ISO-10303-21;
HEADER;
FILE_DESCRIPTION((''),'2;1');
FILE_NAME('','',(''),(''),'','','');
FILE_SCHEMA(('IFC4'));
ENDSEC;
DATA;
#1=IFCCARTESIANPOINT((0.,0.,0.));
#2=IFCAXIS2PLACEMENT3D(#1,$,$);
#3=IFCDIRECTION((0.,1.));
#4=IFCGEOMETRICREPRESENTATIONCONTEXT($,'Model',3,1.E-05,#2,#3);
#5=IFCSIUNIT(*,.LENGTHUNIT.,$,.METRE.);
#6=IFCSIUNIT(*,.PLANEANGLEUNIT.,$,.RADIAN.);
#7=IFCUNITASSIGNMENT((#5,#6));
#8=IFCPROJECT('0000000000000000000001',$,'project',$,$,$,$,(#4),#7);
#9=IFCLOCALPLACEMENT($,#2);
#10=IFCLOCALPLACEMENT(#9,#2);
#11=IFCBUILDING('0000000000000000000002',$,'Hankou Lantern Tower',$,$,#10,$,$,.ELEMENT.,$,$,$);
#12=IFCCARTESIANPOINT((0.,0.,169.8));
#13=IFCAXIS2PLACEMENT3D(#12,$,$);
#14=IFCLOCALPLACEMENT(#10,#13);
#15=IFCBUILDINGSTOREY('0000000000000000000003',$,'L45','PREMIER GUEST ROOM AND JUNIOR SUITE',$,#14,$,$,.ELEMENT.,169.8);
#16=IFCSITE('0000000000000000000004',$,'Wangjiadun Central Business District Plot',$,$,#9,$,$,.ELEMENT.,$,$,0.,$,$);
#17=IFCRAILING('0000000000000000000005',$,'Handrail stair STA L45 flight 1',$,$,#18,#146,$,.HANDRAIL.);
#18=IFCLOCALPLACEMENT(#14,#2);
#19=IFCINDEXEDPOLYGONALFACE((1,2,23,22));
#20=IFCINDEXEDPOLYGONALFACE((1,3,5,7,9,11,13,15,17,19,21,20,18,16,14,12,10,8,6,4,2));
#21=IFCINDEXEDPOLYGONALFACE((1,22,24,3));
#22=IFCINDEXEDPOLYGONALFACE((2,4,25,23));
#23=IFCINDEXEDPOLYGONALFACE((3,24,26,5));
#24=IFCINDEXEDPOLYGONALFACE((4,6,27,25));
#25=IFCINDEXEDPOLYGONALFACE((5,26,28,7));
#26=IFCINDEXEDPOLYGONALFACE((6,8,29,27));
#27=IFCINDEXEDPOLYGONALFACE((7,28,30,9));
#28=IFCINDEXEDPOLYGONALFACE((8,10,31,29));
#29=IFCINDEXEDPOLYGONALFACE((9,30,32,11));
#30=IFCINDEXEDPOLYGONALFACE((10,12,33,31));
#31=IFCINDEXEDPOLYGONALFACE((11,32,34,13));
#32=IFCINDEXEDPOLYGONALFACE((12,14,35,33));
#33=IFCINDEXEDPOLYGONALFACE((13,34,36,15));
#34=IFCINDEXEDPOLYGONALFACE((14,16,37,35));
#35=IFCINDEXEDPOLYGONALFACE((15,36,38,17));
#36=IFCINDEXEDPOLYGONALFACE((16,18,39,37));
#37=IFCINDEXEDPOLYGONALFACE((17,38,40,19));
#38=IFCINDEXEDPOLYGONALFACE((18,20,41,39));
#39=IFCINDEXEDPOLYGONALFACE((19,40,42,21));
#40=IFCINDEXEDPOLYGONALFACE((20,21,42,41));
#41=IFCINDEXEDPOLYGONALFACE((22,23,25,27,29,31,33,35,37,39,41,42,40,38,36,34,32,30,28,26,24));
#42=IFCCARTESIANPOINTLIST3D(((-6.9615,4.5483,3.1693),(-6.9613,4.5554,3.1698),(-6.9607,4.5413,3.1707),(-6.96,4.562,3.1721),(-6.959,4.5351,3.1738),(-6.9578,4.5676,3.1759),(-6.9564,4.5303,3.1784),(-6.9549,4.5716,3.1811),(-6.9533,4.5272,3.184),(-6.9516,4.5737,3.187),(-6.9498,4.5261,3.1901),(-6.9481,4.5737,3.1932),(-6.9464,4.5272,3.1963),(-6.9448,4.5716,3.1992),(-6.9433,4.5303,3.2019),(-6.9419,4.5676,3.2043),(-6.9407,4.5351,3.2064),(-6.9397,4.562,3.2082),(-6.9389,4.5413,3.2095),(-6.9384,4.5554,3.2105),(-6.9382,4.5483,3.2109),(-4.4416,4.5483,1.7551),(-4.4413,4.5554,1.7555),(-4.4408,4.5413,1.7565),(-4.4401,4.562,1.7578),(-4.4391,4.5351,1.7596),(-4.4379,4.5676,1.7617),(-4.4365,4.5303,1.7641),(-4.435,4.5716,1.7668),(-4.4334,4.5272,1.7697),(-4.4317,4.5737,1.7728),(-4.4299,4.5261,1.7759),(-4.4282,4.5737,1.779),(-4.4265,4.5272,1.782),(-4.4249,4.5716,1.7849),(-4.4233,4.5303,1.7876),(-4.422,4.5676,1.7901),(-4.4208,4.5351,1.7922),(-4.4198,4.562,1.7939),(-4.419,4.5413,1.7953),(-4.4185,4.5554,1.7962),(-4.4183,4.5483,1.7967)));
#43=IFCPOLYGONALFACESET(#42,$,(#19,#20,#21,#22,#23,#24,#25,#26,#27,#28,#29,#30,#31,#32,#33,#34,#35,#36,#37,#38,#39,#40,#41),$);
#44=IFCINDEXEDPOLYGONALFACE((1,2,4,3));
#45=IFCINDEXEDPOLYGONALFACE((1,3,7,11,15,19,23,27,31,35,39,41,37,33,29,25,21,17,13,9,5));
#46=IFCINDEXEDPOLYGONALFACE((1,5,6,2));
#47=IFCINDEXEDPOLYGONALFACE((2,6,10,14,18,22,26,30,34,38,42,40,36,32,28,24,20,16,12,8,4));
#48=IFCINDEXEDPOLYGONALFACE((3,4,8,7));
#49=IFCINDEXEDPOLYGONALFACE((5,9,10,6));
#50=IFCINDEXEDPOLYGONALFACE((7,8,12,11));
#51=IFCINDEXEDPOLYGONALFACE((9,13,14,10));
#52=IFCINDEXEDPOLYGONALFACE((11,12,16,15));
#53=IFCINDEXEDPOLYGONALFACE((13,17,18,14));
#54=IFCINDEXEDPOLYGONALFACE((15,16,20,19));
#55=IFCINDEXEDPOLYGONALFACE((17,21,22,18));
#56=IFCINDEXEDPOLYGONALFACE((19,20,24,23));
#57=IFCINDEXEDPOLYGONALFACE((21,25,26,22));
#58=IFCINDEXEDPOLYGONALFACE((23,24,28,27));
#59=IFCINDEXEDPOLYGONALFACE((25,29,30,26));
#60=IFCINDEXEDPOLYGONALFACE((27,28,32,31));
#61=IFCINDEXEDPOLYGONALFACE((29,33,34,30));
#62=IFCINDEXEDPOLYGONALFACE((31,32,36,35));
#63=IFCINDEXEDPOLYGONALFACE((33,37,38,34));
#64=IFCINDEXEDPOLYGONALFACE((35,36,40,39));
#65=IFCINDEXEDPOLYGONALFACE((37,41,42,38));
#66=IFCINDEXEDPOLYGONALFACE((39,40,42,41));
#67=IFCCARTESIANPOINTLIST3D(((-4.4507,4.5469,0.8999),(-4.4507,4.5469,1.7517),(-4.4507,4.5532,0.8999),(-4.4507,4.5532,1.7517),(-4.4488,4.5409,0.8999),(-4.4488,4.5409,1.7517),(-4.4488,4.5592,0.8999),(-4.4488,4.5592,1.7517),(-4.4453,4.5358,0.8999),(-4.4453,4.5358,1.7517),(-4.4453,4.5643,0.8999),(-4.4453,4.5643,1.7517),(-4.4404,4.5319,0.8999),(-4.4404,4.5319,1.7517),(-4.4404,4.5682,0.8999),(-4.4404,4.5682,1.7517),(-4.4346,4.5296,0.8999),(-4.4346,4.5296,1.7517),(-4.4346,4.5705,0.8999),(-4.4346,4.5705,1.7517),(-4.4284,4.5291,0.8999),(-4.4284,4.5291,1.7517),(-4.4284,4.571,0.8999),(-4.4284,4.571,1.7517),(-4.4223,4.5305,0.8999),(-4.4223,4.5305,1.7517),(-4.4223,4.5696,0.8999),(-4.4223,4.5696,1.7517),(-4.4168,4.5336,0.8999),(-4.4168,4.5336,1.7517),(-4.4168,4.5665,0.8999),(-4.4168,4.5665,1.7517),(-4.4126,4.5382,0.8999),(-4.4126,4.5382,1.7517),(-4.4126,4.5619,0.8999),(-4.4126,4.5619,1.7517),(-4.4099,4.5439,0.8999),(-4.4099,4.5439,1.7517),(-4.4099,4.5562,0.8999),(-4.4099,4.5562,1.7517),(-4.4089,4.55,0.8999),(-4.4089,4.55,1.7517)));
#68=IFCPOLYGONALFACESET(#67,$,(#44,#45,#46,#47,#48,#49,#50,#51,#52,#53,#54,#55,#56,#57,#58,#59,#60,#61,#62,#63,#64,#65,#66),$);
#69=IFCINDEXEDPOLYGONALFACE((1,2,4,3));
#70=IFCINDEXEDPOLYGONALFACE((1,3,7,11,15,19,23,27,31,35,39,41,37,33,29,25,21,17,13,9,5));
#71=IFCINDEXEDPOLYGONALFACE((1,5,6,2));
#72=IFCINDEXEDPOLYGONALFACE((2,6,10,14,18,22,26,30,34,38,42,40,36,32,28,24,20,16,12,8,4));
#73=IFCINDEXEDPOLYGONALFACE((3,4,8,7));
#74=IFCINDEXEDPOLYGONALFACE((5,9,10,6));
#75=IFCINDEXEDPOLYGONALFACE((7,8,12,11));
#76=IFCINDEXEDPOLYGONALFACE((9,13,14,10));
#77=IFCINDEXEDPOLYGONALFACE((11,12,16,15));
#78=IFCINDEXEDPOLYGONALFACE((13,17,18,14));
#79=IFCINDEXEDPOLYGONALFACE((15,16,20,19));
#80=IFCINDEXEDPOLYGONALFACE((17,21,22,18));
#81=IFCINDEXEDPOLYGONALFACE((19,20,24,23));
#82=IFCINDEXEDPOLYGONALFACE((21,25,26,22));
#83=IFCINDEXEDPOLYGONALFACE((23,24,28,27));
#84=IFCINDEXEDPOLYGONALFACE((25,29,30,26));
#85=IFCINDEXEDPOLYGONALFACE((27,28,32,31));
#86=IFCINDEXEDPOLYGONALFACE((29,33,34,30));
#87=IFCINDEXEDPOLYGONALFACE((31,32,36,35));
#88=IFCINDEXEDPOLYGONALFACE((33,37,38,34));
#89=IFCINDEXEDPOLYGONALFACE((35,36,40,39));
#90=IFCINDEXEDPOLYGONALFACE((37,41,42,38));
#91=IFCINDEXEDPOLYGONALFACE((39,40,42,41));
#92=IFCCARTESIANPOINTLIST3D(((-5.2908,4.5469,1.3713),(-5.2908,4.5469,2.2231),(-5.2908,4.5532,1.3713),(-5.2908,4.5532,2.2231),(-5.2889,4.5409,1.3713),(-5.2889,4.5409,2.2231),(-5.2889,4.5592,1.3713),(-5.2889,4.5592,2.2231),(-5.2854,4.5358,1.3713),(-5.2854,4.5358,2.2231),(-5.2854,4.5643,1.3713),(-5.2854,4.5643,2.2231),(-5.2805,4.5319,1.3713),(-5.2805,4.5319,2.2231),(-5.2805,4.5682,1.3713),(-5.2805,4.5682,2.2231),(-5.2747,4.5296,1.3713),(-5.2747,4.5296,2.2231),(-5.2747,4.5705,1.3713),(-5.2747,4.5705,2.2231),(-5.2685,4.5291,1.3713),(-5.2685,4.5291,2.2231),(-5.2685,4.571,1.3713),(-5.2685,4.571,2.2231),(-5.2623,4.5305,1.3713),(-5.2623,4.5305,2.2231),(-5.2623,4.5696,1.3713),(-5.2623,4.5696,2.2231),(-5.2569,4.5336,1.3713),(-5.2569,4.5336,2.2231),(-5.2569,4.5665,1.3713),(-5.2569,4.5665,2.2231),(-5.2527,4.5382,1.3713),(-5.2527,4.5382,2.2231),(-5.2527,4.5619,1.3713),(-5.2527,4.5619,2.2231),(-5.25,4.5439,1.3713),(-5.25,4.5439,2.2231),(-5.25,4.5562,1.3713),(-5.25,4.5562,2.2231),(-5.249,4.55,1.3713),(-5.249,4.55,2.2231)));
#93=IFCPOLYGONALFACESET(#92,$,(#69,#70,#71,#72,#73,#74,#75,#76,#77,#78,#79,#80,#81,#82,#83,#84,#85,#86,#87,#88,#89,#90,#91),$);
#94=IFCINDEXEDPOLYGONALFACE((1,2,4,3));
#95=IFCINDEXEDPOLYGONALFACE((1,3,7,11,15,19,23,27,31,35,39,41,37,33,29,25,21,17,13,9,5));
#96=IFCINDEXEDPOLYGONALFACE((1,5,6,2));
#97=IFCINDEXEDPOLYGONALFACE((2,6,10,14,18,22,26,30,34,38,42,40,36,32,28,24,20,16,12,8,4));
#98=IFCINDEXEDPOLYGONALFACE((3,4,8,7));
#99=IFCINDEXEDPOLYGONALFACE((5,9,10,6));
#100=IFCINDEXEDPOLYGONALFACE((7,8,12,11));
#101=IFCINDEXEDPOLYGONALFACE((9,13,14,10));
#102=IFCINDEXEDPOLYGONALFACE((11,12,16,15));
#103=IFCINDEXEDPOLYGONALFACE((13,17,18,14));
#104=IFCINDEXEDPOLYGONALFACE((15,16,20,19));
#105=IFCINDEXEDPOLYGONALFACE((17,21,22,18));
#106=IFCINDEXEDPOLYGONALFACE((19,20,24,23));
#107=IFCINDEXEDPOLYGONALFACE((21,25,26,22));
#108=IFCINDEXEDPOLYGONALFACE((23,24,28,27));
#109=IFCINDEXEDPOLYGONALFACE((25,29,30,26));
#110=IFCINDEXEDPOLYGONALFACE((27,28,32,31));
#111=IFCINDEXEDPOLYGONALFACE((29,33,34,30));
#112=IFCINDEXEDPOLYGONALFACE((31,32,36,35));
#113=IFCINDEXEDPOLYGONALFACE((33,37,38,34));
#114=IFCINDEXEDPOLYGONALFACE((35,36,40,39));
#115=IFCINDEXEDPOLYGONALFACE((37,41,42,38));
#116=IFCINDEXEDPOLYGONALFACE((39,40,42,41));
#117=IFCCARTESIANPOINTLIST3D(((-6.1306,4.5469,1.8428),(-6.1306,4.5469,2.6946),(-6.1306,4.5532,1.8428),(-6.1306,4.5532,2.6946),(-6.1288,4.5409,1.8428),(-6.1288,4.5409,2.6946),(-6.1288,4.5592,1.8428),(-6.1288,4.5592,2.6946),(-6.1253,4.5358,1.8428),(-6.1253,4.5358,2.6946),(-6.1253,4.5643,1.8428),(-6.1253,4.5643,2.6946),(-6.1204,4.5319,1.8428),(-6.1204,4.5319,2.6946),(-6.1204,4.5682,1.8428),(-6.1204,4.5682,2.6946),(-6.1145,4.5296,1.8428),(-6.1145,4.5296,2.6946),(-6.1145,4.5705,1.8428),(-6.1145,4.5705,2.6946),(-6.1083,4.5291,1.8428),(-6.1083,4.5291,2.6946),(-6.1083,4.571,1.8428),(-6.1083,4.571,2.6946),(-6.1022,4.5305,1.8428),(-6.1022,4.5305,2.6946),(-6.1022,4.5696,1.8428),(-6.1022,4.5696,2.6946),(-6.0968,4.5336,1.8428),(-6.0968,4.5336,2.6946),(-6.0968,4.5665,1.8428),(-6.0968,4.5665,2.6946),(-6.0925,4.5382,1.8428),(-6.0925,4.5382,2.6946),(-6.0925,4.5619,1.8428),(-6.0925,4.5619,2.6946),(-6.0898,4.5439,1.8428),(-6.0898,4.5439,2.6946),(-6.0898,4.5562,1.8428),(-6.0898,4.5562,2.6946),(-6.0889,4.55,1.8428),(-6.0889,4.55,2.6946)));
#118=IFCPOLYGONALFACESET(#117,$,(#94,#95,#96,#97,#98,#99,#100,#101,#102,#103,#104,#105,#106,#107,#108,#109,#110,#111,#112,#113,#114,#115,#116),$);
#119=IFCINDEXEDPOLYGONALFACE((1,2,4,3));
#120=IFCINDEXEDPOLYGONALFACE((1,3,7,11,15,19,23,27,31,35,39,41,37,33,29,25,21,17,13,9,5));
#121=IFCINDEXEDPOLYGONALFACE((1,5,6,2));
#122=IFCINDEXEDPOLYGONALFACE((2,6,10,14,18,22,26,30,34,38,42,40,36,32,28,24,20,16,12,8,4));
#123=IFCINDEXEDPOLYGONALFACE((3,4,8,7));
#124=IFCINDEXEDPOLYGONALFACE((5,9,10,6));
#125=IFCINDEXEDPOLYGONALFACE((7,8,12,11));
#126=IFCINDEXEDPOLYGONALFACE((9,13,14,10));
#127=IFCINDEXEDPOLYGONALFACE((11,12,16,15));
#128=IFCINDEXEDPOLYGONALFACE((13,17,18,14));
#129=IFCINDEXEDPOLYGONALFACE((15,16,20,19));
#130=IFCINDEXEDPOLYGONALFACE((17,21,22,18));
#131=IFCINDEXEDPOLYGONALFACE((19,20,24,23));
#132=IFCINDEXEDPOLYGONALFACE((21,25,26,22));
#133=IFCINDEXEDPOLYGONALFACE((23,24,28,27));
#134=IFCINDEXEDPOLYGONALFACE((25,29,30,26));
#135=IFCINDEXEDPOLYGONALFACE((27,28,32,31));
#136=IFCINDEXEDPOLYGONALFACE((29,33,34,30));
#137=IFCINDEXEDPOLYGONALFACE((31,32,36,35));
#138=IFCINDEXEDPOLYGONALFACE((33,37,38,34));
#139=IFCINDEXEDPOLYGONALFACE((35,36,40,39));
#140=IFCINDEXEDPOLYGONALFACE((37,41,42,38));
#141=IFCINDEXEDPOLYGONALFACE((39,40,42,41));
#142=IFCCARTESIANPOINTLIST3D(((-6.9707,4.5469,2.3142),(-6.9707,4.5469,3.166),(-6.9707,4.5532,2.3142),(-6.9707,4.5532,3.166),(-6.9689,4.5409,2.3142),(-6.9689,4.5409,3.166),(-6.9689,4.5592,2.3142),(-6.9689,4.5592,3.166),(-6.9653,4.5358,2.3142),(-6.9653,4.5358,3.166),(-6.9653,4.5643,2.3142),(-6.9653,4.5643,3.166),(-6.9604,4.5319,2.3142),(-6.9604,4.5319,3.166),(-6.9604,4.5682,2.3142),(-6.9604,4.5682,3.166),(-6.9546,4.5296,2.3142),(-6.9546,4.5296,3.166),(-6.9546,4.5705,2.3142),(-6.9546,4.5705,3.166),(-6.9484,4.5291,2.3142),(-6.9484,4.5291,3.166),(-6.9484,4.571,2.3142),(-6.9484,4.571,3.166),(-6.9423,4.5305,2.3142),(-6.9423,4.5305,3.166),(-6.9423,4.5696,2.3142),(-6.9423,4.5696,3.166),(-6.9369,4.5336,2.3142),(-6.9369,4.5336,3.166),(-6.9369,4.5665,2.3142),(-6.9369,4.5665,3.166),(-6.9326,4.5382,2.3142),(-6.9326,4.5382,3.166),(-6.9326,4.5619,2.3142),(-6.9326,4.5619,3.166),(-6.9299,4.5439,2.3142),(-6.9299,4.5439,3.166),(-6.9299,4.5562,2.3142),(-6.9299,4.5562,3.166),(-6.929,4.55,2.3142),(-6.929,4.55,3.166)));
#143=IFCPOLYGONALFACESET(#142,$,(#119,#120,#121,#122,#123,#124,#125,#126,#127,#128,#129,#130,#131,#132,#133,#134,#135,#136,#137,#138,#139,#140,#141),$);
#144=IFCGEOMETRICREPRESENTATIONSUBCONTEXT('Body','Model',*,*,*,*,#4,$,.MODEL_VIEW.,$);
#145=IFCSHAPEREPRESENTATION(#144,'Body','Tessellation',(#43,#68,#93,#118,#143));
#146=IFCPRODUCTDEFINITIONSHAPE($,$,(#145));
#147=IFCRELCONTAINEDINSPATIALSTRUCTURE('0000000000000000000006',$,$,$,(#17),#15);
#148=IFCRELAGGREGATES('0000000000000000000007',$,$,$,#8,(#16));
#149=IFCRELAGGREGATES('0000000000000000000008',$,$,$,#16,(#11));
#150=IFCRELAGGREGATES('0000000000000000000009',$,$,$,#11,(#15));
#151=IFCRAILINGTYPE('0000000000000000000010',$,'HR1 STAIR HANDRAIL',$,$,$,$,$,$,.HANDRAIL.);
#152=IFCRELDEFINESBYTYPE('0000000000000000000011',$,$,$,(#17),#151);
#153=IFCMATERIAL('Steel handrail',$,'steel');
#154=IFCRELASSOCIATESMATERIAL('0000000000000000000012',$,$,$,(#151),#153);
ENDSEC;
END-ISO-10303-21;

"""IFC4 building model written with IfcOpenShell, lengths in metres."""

from ifc_helpers import new_model, si_unit, direction, frame, origin, origin_2d, place, context, subcontext, project, spatial, circle, extrude, material, type_object, element, save


model = new_model("IFC4")

# Units and contexts
model_context = context("Model", 3, precision=1e-05, world=origin(), true_north=direction((0.0, 1.0)))
body_context = subcontext(model_context, "Body", "Model", "MODEL_VIEW")
ifc_project = project(units=[si_unit("LENGTHUNIT", "METRE"), si_unit("PLANEANGLEUNIT", "RADIAN")], contexts=[model_context])

# Site, building, storey
site_placement = place(None, origin())
site = spatial("IfcSite", under=ifc_project, at=site_placement, Name="Wangjiadun Central Business District Plot", CompositionType="ELEMENT", RefElevation=0.0)
building_placement = place(site_placement, origin())
building = spatial("IfcBuilding", under=site, at=building_placement, Name="Hankou Lantern Tower", CompositionType="ELEMENT")
storey_placement = place(building_placement, frame((0.0, 0.0, 169.8)))
storey = spatial("IfcBuildingStorey", under=building, at=storey_placement, Name="L45", Description="PREMIER GUEST ROOM AND JUNIOR SUITE", CompositionType="ELEMENT", Elevation=169.8)

# Railing
ifc_material_1 = material(Name="Steel handrail", Category="steel")
railing_type = type_object("IfcRailingType", Name="HR1 STAIR HANDRAIL", PredefinedType="HANDRAIL", material=ifc_material_1)
railing_1_placement = place(storey_placement, frame((-4.4299, 4.55, 0.8999)))
element("IfcRailing", 1, at=railing_1_placement, inside=storey, type_object=railing_type, Name="Handrail stair STA L45 flight 1", PredefinedType="HANDRAIL", context=body_context, shape_type="SweptSolid", body=[
    extrude(circle(Radius=0.0239, at=origin_2d()), frame((0.0, 0.0, 0.876), z_axis=(-0.872049, 0.0, 0.489419), x_axis=(0.0, -1.0, 0.0)), (0.0, 0.0, 1.0), 2.8896),
    extrude(circle(Radius=0.021, at=origin_2d()), origin(), (0.0, 0.0, 1.0), 0.8518),
    extrude(circle(Radius=0.021, at=origin_2d()), frame((-0.8401, 0.0, 0.4714)), (0.0, 0.0, 1.0), 0.8518),
    extrude(circle(Radius=0.021, at=origin_2d()), frame((-1.6799, 0.0, 0.9429)), (0.0, 0.0, 1.0), 0.8518),
    extrude(circle(Radius=0.021, at=origin_2d()), frame((-2.52, 0.0, 1.4143)), (0.0, 0.0, 1.0), 0.8518),
])

save(model, "model.ifc")
